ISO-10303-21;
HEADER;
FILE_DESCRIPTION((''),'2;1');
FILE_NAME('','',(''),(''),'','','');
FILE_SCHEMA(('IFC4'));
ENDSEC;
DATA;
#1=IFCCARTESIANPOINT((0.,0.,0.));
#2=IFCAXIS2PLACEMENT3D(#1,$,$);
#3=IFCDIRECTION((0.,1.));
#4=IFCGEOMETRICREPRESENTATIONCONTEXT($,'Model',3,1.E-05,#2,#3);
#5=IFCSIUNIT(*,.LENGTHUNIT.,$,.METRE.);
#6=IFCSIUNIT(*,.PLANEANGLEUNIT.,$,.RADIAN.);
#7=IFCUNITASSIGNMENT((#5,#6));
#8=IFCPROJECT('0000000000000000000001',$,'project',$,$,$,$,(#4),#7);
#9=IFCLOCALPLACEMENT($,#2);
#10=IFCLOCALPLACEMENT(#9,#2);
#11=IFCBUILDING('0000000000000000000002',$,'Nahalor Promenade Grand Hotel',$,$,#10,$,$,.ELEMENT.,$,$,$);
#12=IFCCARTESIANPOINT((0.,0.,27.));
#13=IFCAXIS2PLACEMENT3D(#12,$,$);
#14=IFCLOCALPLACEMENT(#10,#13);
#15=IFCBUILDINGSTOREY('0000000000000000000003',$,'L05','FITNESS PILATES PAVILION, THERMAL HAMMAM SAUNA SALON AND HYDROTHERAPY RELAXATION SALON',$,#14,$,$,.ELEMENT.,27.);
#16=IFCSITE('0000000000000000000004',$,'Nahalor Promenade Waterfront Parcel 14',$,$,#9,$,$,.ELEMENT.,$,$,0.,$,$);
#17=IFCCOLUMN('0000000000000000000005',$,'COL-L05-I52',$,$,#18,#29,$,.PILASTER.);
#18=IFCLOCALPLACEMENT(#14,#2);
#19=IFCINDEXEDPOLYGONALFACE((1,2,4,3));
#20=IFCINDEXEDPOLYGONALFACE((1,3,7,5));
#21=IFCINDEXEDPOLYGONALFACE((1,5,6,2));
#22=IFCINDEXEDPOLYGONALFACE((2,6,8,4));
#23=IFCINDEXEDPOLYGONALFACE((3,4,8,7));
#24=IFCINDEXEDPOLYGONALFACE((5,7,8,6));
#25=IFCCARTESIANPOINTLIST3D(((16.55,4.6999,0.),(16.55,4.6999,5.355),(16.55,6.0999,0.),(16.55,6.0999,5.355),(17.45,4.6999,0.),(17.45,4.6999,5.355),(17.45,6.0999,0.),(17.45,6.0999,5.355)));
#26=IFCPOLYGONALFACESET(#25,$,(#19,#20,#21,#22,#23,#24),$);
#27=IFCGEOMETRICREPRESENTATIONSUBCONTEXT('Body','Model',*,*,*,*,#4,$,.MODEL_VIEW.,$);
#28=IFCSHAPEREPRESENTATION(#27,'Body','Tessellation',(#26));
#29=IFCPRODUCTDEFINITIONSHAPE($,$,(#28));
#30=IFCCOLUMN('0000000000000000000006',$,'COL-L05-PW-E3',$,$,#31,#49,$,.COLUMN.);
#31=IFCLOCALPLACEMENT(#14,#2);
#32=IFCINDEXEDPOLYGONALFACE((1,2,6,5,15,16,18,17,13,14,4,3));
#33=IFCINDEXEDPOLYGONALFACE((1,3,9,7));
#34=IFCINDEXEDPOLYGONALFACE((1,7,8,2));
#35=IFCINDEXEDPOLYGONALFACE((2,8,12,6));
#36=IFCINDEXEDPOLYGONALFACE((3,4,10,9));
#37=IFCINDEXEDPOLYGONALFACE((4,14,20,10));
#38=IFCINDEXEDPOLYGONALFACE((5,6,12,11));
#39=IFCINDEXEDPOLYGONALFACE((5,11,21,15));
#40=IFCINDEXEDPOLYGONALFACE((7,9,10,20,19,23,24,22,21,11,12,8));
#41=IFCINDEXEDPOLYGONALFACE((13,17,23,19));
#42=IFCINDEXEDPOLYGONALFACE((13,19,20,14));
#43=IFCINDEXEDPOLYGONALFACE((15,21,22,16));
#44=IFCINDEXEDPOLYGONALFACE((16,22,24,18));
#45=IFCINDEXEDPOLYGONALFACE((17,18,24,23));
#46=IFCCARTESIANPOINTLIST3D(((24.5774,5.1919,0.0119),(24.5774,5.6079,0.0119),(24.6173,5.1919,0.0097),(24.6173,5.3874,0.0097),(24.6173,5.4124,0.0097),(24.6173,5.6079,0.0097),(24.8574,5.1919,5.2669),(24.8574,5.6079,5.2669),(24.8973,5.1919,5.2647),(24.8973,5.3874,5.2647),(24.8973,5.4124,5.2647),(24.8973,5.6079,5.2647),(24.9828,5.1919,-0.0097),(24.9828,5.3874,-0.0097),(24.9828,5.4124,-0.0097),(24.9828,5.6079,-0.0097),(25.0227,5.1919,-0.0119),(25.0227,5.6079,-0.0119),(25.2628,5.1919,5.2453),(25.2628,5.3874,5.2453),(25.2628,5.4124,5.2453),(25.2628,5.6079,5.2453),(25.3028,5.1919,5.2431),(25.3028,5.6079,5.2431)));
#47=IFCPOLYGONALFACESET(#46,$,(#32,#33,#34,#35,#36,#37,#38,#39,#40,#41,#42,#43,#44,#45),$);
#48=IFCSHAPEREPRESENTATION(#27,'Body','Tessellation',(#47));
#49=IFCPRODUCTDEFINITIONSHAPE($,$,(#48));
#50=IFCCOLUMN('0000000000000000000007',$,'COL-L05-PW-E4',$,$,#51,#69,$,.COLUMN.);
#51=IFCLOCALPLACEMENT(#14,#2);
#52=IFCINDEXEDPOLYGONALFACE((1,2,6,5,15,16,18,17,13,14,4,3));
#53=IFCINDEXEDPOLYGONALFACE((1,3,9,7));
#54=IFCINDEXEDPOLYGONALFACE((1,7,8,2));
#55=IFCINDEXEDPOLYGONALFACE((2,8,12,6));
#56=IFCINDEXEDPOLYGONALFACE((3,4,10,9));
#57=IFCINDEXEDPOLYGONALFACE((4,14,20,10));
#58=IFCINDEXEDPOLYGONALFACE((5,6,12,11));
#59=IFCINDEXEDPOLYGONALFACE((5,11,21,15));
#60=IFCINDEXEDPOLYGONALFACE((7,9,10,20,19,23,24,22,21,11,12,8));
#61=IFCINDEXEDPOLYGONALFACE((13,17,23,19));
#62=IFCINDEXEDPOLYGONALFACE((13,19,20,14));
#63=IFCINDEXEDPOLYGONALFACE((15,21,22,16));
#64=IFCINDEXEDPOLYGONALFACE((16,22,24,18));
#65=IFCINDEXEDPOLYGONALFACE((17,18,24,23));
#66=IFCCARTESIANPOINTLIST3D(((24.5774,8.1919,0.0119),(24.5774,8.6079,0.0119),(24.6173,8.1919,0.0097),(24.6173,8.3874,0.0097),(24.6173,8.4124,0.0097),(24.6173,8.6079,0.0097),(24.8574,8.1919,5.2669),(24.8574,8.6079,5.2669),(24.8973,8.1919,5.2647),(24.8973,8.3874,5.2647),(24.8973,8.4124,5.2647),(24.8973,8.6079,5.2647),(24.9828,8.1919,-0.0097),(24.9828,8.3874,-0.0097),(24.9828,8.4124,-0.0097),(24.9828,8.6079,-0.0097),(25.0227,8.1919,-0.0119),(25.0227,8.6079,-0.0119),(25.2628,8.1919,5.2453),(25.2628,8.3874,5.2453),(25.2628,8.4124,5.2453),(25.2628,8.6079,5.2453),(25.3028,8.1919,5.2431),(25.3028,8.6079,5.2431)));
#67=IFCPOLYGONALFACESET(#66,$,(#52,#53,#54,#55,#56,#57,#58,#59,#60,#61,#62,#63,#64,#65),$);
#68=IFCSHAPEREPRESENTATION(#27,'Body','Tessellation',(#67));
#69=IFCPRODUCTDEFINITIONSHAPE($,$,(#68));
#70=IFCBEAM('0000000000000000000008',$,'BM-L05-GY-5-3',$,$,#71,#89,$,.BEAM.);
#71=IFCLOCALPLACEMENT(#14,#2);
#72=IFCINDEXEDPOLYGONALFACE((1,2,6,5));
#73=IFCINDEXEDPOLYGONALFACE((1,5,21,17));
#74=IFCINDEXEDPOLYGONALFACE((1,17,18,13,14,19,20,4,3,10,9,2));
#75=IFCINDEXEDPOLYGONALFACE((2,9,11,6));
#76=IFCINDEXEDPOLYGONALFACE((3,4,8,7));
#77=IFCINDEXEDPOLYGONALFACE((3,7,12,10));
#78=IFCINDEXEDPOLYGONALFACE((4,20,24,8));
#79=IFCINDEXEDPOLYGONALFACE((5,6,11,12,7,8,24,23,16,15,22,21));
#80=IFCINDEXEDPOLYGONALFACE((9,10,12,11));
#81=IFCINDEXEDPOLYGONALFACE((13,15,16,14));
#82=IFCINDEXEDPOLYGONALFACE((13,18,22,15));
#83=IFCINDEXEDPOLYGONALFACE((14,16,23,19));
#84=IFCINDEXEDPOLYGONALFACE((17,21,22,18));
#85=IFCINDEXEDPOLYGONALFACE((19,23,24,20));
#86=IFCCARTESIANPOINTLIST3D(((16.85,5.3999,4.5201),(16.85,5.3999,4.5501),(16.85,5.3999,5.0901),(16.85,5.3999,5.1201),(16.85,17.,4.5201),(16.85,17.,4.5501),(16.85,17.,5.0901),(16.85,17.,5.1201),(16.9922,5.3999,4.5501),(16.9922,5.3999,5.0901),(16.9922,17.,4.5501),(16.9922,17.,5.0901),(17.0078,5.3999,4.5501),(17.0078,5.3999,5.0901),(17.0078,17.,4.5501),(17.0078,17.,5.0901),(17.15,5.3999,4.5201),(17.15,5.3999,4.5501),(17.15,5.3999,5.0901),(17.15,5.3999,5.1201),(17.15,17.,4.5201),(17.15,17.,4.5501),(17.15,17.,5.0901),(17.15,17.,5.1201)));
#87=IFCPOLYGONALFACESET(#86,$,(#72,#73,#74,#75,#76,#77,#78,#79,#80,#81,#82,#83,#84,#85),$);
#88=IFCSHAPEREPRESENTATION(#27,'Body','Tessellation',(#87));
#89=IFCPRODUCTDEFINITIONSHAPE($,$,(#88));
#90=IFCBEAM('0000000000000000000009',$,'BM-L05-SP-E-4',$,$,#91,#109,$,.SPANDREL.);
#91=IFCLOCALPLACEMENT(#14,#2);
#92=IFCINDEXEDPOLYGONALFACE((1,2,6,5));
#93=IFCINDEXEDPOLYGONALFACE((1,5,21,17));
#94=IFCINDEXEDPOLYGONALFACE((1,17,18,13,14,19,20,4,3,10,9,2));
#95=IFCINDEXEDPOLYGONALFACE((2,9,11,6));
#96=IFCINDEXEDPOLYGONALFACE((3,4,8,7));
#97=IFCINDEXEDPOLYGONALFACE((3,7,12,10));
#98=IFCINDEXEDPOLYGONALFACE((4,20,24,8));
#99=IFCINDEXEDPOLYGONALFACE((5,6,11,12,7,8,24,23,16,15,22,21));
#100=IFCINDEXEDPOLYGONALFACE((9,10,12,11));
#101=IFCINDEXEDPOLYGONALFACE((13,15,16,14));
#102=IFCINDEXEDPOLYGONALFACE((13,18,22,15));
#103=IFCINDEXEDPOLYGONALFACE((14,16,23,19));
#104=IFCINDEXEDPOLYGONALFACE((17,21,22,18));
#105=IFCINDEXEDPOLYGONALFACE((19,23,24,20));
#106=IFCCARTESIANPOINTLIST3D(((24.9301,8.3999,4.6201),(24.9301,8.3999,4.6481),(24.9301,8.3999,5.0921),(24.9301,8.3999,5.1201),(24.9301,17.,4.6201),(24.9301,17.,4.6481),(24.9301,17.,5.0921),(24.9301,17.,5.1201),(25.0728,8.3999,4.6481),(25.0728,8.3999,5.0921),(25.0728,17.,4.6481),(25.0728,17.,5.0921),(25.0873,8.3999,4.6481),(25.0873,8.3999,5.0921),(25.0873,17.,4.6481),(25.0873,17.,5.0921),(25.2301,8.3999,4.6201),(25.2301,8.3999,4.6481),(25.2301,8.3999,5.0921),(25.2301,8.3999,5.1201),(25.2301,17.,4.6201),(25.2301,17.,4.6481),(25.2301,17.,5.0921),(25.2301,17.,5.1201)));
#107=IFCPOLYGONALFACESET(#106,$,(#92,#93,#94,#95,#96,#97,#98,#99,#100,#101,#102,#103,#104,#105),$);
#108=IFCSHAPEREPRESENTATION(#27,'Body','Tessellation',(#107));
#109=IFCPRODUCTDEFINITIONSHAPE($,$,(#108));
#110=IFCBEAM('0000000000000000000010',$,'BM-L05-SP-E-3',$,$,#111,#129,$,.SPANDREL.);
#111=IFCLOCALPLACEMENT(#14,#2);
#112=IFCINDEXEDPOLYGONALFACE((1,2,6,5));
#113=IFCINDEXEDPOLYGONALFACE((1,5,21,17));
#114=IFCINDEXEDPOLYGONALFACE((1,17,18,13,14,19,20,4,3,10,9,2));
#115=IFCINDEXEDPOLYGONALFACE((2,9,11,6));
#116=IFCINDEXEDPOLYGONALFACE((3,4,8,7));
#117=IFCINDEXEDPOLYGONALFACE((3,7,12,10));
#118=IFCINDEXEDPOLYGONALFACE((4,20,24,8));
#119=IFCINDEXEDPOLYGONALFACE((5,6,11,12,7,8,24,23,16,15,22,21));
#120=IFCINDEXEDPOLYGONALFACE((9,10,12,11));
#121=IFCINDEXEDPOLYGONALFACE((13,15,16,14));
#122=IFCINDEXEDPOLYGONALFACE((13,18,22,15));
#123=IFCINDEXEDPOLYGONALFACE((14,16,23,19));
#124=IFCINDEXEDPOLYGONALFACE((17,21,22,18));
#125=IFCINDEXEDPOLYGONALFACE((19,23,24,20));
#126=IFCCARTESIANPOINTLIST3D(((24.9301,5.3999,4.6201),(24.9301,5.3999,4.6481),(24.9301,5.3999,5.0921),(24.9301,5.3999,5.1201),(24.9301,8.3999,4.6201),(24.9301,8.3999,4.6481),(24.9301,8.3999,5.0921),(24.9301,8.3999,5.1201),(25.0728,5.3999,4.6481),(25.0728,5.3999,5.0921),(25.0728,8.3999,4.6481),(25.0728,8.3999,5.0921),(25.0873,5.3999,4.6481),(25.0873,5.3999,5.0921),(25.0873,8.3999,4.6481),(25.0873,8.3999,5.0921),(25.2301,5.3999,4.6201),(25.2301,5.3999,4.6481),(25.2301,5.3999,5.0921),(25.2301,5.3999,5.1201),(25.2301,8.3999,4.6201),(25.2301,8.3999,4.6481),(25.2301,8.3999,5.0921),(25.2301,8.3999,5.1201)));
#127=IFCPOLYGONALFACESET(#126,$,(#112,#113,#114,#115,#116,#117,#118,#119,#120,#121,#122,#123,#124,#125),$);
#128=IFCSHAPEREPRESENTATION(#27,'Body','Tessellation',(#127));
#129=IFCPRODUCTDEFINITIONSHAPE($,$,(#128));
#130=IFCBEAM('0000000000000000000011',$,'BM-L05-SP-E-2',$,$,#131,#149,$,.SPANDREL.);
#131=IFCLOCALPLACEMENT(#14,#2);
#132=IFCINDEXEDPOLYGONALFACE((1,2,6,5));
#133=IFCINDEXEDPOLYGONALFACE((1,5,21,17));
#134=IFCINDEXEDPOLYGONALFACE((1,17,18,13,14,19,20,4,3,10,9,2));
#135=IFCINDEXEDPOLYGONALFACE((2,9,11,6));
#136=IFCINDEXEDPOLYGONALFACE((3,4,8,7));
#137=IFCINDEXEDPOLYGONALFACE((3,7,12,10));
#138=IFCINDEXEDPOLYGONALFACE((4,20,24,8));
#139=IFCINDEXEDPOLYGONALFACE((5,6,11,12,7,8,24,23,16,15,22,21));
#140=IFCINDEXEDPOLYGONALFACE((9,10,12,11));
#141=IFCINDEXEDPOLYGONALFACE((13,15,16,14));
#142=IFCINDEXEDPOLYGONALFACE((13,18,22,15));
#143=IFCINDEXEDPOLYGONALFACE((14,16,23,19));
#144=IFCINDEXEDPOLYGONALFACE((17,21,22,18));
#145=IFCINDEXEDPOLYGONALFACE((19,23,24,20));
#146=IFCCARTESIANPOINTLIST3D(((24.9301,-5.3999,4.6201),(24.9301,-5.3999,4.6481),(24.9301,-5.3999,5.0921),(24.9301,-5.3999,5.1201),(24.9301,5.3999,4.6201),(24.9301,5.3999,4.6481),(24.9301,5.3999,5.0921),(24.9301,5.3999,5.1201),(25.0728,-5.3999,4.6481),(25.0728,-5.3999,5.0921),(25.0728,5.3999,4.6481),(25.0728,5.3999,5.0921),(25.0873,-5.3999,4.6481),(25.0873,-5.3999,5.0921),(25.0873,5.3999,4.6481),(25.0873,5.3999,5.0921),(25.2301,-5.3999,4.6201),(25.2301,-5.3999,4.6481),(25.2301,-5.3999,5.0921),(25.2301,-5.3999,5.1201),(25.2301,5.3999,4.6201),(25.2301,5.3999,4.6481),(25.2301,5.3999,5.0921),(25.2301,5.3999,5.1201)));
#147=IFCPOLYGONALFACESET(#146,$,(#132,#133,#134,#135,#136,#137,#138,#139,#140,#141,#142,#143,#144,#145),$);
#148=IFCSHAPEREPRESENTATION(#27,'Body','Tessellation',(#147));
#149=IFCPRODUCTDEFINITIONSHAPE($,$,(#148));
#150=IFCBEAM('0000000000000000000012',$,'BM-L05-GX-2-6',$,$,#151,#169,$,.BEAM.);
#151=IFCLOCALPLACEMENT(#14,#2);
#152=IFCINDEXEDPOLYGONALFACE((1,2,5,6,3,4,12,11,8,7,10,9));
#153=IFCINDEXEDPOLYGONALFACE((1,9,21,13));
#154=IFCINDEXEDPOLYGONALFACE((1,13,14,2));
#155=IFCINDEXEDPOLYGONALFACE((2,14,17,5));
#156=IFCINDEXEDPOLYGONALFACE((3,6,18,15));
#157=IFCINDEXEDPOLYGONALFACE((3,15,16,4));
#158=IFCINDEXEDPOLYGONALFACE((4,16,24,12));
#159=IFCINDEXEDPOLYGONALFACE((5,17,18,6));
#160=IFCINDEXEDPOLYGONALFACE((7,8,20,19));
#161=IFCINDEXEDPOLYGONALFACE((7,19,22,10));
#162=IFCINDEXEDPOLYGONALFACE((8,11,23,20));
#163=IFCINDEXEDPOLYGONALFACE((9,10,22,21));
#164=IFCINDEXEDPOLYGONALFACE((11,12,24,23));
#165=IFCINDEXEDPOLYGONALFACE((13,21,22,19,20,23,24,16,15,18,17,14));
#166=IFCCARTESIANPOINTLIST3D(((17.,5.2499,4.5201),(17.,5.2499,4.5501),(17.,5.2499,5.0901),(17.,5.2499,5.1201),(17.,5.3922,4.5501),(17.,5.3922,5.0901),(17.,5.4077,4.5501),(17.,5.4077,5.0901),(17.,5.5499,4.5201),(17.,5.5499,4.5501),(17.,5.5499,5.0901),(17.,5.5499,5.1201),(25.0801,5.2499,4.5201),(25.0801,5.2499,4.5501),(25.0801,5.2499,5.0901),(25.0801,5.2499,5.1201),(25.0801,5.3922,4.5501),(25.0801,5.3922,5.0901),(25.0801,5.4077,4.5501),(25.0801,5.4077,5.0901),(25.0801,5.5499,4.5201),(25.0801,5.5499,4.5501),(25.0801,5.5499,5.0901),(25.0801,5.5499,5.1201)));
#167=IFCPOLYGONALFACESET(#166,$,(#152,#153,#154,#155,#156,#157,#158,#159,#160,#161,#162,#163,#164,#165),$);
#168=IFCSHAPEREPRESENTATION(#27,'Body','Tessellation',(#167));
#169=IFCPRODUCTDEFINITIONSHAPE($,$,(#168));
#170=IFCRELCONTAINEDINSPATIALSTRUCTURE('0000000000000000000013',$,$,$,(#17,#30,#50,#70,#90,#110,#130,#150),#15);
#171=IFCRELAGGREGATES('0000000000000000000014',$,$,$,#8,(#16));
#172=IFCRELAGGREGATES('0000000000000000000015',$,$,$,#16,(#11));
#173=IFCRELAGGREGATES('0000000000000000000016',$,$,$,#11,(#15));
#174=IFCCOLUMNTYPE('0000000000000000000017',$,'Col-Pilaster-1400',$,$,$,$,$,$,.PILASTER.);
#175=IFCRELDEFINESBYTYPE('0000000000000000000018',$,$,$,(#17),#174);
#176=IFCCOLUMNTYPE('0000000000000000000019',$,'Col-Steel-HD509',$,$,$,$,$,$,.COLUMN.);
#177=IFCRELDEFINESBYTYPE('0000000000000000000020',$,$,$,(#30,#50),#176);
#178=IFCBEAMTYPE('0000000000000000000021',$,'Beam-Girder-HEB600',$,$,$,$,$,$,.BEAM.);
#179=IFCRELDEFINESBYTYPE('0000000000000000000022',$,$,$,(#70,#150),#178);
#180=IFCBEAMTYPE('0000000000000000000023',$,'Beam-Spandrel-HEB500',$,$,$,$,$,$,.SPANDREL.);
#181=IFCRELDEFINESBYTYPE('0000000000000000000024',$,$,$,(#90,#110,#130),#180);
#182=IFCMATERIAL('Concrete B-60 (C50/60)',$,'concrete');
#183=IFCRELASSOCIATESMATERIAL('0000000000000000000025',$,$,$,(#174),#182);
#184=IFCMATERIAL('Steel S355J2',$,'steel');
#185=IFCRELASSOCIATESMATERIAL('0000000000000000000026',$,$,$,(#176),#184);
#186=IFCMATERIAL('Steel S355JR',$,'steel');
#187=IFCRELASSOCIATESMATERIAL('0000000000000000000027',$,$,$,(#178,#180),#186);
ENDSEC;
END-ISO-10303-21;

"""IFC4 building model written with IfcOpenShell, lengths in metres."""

from ifc_helpers import new_model, si_unit, direction, frame, origin, origin_2d, place, context, subcontext, project, spatial, rectangle, i_section, extrude, source, transform, mapped, material, material_profile, profile_set, type_object, element, save


model = new_model("IFC4")

# Units and contexts
model_context = context("Model", 3, precision=1e-05, world=origin(), true_north=direction((0.0, 1.0)))
body_context = subcontext(model_context, "Body", "Model", "MODEL_VIEW")
ifc_project = project(units=[si_unit("LENGTHUNIT", "METRE"), si_unit("PLANEANGLEUNIT", "RADIAN")], contexts=[model_context])

# Site, building, storey
site_placement = place(None, origin())
site = spatial("IfcSite", under=ifc_project, at=site_placement, Name="Nahalor Promenade Waterfront Parcel 14", CompositionType="ELEMENT", RefElevation=0.0)
building_placement = place(site_placement, origin())
building = spatial("IfcBuilding", under=site, at=building_placement, Name="Nahalor Promenade Grand Hotel", CompositionType="ELEMENT")
storey_placement = place(building_placement, frame((0.0, 0.0, 27.0)))
storey = spatial("IfcBuildingStorey", under=building, at=storey_placement, Name="L05", Description="FITNESS PILATES PAVILION, THERMAL HAMMAM SAUNA SALON AND HYDROTHERAPY RELAXATION SALON", CompositionType="ELEMENT", Elevation=27.0)

# Columns
ifc_material_1 = material(Name="Concrete B-60 (C50/60)", Category="concrete")
ifc_material_profile_1 = material_profile(ifc_material_1, rectangle(XDim=0.9, YDim=1.4, at=origin_2d()), Name="RC 900x1400")
ifc_profile_set_1 = profile_set([ifc_material_profile_1], Name="Concrete B-60 (C50/60)")
column_type_1 = type_object("IfcColumnType", Name="Col-Pilaster-1400", PredefinedType="PILASTER", material=ifc_profile_set_1)
shared_shape_1 = source(origin(), body_context, "Body", "SweptSolid", [
    extrude(rectangle(XDim=0.9, YDim=1.4, at=origin_2d()), origin(), (0.0, 0.0, 1.0), 5.355),
])
column_placement = place(storey_placement, frame((17.0, 5.3999, 0.0), z_axis=(0.0, 0.0, 1.0), x_axis=(1.0, 0.0, 0.0)))
element("IfcColumn", 1, at=column_placement, inside=storey, type_object=column_type_1, Name="COL-L05-I52", PredefinedType="PILASTER", context=body_context, shape_type="MappedRepresentation", body=[
    mapped(shared_shape_1, transform((0.0, 0.0, 0.0), scale=1.0)),
])
ifc_material_2 = material(Name="Steel S355J2", Category="steel")
ifc_material_profile_2 = material_profile(ifc_material_2, i_section(OverallWidth=0.416, OverallDepth=0.446, WebThickness=0.025, FlangeThickness=0.04, at=origin_2d()), Name="HD 400x509")
ifc_profile_set_2 = profile_set([ifc_material_profile_2], Name="Steel S355J2")
column_type_2 = type_object("IfcColumnType", Name="Col-Steel-HD509", PredefinedType="COLUMN", material=ifc_profile_set_2)
shared_shape_2 = source(origin(), body_context, "Body", "SweptSolid", [
    extrude(i_section(OverallWidth=0.416, OverallDepth=0.446, WebThickness=0.025, FlangeThickness=0.04, at=origin_2d()), origin(), (0.0, 0.0, 1.0), 5.2625),
])
for number, where, z_axis, x_axis, name in (
    (2, (24.8, 5.3999, 0.0), (0.053214, 0.0, 0.998583), (0.0, 1.0, 0.0), "COL-L05-PW-E3"),
    (3, (24.8, 8.3999, 0.0), (0.053214, 0.0, 0.998583), (0.0, 1.0, 0.0), "COL-L05-PW-E4"),
):
    element("IfcColumn", number, at=place(storey_placement, frame(where, z_axis=z_axis, x_axis=x_axis)), inside=storey, type_object=column_type_2, Name=name, PredefinedType="COLUMN", context=body_context, shape_type="MappedRepresentation", body=[
        mapped(shared_shape_2, transform((0.0, 0.0, 0.0), scale=1.0)),
    ])

# Beams
ifc_material_3 = material(Name="Steel S355JR", Category="steel")
ifc_material_profile_3 = material_profile(ifc_material_3, i_section(OverallWidth=0.3, OverallDepth=0.6, WebThickness=0.0155, FlangeThickness=0.03, at=origin_2d()), Name="HEB 600")
ifc_profile_set_3 = profile_set([ifc_material_profile_3], Name="Steel S355JR")
beam_type_1 = type_object("IfcBeamType", Name="Beam-Girder-HEB600", PredefinedType="BEAM", material=ifc_profile_set_3)
shared_shape_3 = source(origin(), body_context, "Body", "SweptSolid", [
    extrude(i_section(OverallWidth=0.3, OverallDepth=0.6, WebThickness=0.0155, FlangeThickness=0.03, at=origin_2d()), origin(), (0.0, 0.0, 1.0), 11.6001),
])
beam_1_placement = place(storey_placement, frame((17.0, 5.3999, 4.8201), z_axis=(0.0, 1.0, 0.0), x_axis=(-1.0, 0.0, 0.0)))
element("IfcBeam", 4, at=beam_1_placement, inside=storey, type_object=beam_type_1, Name="BM-L05-GY-5-3", PredefinedType="BEAM", context=body_context, shape_type="MappedRepresentation", body=[
    mapped(shared_shape_3, transform((0.0, 0.0, 0.0), scale=1.0)),
])
ifc_material_profile_4 = material_profile(ifc_material_3, i_section(OverallWidth=0.3, OverallDepth=0.5, WebThickness=0.0145, FlangeThickness=0.028, at=origin_2d()), Name="HEB 500")
ifc_profile_set_4 = profile_set([ifc_material_profile_4], Name="Steel S355JR")
beam_type_2 = type_object("IfcBeamType", Name="Beam-Spandrel-HEB500", PredefinedType="SPANDREL", material=ifc_profile_set_4)
shared_shape_4 = source(origin(), body_context, "Body", "SweptSolid", [
    extrude(i_section(OverallWidth=0.3, OverallDepth=0.5, WebThickness=0.0145, FlangeThickness=0.028, at=origin_2d()), origin(), (0.0, 0.0, 1.0), 8.6001),
])
beam_2_placement = place(storey_placement, frame((25.0801, 8.3999, 4.8701), z_axis=(0.0, 1.0, 0.0), x_axis=(-1.0, 0.0, 0.0)))
element("IfcBeam", 5, at=beam_2_placement, inside=storey, type_object=beam_type_2, Name="BM-L05-SP-E-4", PredefinedType="SPANDREL", context=body_context, shape_type="MappedRepresentation", body=[
    mapped(shared_shape_4, transform((0.0, 0.0, 0.0), scale=1.0)),
])
shared_shape_5 = source(origin(), body_context, "Body", "SweptSolid", [
    extrude(i_section(OverallWidth=0.3, OverallDepth=0.5, WebThickness=0.0145, FlangeThickness=0.028, at=origin_2d()), origin(), (0.0, 0.0, 1.0), 3.0),
])
beam_3_placement = place(storey_placement, frame((25.0801, 5.3999, 4.8701), z_axis=(0.0, 1.0, 0.0), x_axis=(-1.0, 0.0, 0.0)))
element("IfcBeam", 6, at=beam_3_placement, inside=storey, type_object=beam_type_2, Name="BM-L05-SP-E-3", PredefinedType="SPANDREL", context=body_context, shape_type="MappedRepresentation", body=[
    mapped(shared_shape_5, transform((0.0, 0.0, 0.0), scale=1.0)),
])
shared_shape_6 = source(origin(), body_context, "Body", "SweptSolid", [
    extrude(i_section(OverallWidth=0.3, OverallDepth=0.5, WebThickness=0.0145, FlangeThickness=0.028, at=origin_2d()), origin(), (0.0, 0.0, 1.0), 10.7998),
])
beam_4_placement = place(storey_placement, frame((25.0801, -5.3999, 4.8701), z_axis=(0.0, 1.0, 0.0), x_axis=(-1.0, 0.0, 0.0)))
element("IfcBeam", 7, at=beam_4_placement, inside=storey, type_object=beam_type_2, Name="BM-L05-SP-E-2", PredefinedType="SPANDREL", context=body_context, shape_type="MappedRepresentation", body=[
    mapped(shared_shape_6, transform((0.0, 0.0, 0.0), scale=1.0)),
])
shared_shape_7 = source(origin(), body_context, "Body", "SweptSolid", [
    extrude(i_section(OverallWidth=0.3, OverallDepth=0.6, WebThickness=0.0155, FlangeThickness=0.03, at=origin_2d()), origin(), (0.0, 0.0, 1.0), 8.0801),
])
beam_5_placement = place(storey_placement, frame((17.0, 5.3999, 4.8201), z_axis=(1.0, 0.0, 0.0), x_axis=(0.0, 1.0, 0.0)))
element("IfcBeam", 8, at=beam_5_placement, inside=storey, type_object=beam_type_1, Name="BM-L05-GX-2-6", PredefinedType="BEAM", context=body_context, shape_type="MappedRepresentation", body=[
    mapped(shared_shape_7, transform((0.0, 0.0, 0.0), scale=1.0)),
])

save(model, "model.ifc")
